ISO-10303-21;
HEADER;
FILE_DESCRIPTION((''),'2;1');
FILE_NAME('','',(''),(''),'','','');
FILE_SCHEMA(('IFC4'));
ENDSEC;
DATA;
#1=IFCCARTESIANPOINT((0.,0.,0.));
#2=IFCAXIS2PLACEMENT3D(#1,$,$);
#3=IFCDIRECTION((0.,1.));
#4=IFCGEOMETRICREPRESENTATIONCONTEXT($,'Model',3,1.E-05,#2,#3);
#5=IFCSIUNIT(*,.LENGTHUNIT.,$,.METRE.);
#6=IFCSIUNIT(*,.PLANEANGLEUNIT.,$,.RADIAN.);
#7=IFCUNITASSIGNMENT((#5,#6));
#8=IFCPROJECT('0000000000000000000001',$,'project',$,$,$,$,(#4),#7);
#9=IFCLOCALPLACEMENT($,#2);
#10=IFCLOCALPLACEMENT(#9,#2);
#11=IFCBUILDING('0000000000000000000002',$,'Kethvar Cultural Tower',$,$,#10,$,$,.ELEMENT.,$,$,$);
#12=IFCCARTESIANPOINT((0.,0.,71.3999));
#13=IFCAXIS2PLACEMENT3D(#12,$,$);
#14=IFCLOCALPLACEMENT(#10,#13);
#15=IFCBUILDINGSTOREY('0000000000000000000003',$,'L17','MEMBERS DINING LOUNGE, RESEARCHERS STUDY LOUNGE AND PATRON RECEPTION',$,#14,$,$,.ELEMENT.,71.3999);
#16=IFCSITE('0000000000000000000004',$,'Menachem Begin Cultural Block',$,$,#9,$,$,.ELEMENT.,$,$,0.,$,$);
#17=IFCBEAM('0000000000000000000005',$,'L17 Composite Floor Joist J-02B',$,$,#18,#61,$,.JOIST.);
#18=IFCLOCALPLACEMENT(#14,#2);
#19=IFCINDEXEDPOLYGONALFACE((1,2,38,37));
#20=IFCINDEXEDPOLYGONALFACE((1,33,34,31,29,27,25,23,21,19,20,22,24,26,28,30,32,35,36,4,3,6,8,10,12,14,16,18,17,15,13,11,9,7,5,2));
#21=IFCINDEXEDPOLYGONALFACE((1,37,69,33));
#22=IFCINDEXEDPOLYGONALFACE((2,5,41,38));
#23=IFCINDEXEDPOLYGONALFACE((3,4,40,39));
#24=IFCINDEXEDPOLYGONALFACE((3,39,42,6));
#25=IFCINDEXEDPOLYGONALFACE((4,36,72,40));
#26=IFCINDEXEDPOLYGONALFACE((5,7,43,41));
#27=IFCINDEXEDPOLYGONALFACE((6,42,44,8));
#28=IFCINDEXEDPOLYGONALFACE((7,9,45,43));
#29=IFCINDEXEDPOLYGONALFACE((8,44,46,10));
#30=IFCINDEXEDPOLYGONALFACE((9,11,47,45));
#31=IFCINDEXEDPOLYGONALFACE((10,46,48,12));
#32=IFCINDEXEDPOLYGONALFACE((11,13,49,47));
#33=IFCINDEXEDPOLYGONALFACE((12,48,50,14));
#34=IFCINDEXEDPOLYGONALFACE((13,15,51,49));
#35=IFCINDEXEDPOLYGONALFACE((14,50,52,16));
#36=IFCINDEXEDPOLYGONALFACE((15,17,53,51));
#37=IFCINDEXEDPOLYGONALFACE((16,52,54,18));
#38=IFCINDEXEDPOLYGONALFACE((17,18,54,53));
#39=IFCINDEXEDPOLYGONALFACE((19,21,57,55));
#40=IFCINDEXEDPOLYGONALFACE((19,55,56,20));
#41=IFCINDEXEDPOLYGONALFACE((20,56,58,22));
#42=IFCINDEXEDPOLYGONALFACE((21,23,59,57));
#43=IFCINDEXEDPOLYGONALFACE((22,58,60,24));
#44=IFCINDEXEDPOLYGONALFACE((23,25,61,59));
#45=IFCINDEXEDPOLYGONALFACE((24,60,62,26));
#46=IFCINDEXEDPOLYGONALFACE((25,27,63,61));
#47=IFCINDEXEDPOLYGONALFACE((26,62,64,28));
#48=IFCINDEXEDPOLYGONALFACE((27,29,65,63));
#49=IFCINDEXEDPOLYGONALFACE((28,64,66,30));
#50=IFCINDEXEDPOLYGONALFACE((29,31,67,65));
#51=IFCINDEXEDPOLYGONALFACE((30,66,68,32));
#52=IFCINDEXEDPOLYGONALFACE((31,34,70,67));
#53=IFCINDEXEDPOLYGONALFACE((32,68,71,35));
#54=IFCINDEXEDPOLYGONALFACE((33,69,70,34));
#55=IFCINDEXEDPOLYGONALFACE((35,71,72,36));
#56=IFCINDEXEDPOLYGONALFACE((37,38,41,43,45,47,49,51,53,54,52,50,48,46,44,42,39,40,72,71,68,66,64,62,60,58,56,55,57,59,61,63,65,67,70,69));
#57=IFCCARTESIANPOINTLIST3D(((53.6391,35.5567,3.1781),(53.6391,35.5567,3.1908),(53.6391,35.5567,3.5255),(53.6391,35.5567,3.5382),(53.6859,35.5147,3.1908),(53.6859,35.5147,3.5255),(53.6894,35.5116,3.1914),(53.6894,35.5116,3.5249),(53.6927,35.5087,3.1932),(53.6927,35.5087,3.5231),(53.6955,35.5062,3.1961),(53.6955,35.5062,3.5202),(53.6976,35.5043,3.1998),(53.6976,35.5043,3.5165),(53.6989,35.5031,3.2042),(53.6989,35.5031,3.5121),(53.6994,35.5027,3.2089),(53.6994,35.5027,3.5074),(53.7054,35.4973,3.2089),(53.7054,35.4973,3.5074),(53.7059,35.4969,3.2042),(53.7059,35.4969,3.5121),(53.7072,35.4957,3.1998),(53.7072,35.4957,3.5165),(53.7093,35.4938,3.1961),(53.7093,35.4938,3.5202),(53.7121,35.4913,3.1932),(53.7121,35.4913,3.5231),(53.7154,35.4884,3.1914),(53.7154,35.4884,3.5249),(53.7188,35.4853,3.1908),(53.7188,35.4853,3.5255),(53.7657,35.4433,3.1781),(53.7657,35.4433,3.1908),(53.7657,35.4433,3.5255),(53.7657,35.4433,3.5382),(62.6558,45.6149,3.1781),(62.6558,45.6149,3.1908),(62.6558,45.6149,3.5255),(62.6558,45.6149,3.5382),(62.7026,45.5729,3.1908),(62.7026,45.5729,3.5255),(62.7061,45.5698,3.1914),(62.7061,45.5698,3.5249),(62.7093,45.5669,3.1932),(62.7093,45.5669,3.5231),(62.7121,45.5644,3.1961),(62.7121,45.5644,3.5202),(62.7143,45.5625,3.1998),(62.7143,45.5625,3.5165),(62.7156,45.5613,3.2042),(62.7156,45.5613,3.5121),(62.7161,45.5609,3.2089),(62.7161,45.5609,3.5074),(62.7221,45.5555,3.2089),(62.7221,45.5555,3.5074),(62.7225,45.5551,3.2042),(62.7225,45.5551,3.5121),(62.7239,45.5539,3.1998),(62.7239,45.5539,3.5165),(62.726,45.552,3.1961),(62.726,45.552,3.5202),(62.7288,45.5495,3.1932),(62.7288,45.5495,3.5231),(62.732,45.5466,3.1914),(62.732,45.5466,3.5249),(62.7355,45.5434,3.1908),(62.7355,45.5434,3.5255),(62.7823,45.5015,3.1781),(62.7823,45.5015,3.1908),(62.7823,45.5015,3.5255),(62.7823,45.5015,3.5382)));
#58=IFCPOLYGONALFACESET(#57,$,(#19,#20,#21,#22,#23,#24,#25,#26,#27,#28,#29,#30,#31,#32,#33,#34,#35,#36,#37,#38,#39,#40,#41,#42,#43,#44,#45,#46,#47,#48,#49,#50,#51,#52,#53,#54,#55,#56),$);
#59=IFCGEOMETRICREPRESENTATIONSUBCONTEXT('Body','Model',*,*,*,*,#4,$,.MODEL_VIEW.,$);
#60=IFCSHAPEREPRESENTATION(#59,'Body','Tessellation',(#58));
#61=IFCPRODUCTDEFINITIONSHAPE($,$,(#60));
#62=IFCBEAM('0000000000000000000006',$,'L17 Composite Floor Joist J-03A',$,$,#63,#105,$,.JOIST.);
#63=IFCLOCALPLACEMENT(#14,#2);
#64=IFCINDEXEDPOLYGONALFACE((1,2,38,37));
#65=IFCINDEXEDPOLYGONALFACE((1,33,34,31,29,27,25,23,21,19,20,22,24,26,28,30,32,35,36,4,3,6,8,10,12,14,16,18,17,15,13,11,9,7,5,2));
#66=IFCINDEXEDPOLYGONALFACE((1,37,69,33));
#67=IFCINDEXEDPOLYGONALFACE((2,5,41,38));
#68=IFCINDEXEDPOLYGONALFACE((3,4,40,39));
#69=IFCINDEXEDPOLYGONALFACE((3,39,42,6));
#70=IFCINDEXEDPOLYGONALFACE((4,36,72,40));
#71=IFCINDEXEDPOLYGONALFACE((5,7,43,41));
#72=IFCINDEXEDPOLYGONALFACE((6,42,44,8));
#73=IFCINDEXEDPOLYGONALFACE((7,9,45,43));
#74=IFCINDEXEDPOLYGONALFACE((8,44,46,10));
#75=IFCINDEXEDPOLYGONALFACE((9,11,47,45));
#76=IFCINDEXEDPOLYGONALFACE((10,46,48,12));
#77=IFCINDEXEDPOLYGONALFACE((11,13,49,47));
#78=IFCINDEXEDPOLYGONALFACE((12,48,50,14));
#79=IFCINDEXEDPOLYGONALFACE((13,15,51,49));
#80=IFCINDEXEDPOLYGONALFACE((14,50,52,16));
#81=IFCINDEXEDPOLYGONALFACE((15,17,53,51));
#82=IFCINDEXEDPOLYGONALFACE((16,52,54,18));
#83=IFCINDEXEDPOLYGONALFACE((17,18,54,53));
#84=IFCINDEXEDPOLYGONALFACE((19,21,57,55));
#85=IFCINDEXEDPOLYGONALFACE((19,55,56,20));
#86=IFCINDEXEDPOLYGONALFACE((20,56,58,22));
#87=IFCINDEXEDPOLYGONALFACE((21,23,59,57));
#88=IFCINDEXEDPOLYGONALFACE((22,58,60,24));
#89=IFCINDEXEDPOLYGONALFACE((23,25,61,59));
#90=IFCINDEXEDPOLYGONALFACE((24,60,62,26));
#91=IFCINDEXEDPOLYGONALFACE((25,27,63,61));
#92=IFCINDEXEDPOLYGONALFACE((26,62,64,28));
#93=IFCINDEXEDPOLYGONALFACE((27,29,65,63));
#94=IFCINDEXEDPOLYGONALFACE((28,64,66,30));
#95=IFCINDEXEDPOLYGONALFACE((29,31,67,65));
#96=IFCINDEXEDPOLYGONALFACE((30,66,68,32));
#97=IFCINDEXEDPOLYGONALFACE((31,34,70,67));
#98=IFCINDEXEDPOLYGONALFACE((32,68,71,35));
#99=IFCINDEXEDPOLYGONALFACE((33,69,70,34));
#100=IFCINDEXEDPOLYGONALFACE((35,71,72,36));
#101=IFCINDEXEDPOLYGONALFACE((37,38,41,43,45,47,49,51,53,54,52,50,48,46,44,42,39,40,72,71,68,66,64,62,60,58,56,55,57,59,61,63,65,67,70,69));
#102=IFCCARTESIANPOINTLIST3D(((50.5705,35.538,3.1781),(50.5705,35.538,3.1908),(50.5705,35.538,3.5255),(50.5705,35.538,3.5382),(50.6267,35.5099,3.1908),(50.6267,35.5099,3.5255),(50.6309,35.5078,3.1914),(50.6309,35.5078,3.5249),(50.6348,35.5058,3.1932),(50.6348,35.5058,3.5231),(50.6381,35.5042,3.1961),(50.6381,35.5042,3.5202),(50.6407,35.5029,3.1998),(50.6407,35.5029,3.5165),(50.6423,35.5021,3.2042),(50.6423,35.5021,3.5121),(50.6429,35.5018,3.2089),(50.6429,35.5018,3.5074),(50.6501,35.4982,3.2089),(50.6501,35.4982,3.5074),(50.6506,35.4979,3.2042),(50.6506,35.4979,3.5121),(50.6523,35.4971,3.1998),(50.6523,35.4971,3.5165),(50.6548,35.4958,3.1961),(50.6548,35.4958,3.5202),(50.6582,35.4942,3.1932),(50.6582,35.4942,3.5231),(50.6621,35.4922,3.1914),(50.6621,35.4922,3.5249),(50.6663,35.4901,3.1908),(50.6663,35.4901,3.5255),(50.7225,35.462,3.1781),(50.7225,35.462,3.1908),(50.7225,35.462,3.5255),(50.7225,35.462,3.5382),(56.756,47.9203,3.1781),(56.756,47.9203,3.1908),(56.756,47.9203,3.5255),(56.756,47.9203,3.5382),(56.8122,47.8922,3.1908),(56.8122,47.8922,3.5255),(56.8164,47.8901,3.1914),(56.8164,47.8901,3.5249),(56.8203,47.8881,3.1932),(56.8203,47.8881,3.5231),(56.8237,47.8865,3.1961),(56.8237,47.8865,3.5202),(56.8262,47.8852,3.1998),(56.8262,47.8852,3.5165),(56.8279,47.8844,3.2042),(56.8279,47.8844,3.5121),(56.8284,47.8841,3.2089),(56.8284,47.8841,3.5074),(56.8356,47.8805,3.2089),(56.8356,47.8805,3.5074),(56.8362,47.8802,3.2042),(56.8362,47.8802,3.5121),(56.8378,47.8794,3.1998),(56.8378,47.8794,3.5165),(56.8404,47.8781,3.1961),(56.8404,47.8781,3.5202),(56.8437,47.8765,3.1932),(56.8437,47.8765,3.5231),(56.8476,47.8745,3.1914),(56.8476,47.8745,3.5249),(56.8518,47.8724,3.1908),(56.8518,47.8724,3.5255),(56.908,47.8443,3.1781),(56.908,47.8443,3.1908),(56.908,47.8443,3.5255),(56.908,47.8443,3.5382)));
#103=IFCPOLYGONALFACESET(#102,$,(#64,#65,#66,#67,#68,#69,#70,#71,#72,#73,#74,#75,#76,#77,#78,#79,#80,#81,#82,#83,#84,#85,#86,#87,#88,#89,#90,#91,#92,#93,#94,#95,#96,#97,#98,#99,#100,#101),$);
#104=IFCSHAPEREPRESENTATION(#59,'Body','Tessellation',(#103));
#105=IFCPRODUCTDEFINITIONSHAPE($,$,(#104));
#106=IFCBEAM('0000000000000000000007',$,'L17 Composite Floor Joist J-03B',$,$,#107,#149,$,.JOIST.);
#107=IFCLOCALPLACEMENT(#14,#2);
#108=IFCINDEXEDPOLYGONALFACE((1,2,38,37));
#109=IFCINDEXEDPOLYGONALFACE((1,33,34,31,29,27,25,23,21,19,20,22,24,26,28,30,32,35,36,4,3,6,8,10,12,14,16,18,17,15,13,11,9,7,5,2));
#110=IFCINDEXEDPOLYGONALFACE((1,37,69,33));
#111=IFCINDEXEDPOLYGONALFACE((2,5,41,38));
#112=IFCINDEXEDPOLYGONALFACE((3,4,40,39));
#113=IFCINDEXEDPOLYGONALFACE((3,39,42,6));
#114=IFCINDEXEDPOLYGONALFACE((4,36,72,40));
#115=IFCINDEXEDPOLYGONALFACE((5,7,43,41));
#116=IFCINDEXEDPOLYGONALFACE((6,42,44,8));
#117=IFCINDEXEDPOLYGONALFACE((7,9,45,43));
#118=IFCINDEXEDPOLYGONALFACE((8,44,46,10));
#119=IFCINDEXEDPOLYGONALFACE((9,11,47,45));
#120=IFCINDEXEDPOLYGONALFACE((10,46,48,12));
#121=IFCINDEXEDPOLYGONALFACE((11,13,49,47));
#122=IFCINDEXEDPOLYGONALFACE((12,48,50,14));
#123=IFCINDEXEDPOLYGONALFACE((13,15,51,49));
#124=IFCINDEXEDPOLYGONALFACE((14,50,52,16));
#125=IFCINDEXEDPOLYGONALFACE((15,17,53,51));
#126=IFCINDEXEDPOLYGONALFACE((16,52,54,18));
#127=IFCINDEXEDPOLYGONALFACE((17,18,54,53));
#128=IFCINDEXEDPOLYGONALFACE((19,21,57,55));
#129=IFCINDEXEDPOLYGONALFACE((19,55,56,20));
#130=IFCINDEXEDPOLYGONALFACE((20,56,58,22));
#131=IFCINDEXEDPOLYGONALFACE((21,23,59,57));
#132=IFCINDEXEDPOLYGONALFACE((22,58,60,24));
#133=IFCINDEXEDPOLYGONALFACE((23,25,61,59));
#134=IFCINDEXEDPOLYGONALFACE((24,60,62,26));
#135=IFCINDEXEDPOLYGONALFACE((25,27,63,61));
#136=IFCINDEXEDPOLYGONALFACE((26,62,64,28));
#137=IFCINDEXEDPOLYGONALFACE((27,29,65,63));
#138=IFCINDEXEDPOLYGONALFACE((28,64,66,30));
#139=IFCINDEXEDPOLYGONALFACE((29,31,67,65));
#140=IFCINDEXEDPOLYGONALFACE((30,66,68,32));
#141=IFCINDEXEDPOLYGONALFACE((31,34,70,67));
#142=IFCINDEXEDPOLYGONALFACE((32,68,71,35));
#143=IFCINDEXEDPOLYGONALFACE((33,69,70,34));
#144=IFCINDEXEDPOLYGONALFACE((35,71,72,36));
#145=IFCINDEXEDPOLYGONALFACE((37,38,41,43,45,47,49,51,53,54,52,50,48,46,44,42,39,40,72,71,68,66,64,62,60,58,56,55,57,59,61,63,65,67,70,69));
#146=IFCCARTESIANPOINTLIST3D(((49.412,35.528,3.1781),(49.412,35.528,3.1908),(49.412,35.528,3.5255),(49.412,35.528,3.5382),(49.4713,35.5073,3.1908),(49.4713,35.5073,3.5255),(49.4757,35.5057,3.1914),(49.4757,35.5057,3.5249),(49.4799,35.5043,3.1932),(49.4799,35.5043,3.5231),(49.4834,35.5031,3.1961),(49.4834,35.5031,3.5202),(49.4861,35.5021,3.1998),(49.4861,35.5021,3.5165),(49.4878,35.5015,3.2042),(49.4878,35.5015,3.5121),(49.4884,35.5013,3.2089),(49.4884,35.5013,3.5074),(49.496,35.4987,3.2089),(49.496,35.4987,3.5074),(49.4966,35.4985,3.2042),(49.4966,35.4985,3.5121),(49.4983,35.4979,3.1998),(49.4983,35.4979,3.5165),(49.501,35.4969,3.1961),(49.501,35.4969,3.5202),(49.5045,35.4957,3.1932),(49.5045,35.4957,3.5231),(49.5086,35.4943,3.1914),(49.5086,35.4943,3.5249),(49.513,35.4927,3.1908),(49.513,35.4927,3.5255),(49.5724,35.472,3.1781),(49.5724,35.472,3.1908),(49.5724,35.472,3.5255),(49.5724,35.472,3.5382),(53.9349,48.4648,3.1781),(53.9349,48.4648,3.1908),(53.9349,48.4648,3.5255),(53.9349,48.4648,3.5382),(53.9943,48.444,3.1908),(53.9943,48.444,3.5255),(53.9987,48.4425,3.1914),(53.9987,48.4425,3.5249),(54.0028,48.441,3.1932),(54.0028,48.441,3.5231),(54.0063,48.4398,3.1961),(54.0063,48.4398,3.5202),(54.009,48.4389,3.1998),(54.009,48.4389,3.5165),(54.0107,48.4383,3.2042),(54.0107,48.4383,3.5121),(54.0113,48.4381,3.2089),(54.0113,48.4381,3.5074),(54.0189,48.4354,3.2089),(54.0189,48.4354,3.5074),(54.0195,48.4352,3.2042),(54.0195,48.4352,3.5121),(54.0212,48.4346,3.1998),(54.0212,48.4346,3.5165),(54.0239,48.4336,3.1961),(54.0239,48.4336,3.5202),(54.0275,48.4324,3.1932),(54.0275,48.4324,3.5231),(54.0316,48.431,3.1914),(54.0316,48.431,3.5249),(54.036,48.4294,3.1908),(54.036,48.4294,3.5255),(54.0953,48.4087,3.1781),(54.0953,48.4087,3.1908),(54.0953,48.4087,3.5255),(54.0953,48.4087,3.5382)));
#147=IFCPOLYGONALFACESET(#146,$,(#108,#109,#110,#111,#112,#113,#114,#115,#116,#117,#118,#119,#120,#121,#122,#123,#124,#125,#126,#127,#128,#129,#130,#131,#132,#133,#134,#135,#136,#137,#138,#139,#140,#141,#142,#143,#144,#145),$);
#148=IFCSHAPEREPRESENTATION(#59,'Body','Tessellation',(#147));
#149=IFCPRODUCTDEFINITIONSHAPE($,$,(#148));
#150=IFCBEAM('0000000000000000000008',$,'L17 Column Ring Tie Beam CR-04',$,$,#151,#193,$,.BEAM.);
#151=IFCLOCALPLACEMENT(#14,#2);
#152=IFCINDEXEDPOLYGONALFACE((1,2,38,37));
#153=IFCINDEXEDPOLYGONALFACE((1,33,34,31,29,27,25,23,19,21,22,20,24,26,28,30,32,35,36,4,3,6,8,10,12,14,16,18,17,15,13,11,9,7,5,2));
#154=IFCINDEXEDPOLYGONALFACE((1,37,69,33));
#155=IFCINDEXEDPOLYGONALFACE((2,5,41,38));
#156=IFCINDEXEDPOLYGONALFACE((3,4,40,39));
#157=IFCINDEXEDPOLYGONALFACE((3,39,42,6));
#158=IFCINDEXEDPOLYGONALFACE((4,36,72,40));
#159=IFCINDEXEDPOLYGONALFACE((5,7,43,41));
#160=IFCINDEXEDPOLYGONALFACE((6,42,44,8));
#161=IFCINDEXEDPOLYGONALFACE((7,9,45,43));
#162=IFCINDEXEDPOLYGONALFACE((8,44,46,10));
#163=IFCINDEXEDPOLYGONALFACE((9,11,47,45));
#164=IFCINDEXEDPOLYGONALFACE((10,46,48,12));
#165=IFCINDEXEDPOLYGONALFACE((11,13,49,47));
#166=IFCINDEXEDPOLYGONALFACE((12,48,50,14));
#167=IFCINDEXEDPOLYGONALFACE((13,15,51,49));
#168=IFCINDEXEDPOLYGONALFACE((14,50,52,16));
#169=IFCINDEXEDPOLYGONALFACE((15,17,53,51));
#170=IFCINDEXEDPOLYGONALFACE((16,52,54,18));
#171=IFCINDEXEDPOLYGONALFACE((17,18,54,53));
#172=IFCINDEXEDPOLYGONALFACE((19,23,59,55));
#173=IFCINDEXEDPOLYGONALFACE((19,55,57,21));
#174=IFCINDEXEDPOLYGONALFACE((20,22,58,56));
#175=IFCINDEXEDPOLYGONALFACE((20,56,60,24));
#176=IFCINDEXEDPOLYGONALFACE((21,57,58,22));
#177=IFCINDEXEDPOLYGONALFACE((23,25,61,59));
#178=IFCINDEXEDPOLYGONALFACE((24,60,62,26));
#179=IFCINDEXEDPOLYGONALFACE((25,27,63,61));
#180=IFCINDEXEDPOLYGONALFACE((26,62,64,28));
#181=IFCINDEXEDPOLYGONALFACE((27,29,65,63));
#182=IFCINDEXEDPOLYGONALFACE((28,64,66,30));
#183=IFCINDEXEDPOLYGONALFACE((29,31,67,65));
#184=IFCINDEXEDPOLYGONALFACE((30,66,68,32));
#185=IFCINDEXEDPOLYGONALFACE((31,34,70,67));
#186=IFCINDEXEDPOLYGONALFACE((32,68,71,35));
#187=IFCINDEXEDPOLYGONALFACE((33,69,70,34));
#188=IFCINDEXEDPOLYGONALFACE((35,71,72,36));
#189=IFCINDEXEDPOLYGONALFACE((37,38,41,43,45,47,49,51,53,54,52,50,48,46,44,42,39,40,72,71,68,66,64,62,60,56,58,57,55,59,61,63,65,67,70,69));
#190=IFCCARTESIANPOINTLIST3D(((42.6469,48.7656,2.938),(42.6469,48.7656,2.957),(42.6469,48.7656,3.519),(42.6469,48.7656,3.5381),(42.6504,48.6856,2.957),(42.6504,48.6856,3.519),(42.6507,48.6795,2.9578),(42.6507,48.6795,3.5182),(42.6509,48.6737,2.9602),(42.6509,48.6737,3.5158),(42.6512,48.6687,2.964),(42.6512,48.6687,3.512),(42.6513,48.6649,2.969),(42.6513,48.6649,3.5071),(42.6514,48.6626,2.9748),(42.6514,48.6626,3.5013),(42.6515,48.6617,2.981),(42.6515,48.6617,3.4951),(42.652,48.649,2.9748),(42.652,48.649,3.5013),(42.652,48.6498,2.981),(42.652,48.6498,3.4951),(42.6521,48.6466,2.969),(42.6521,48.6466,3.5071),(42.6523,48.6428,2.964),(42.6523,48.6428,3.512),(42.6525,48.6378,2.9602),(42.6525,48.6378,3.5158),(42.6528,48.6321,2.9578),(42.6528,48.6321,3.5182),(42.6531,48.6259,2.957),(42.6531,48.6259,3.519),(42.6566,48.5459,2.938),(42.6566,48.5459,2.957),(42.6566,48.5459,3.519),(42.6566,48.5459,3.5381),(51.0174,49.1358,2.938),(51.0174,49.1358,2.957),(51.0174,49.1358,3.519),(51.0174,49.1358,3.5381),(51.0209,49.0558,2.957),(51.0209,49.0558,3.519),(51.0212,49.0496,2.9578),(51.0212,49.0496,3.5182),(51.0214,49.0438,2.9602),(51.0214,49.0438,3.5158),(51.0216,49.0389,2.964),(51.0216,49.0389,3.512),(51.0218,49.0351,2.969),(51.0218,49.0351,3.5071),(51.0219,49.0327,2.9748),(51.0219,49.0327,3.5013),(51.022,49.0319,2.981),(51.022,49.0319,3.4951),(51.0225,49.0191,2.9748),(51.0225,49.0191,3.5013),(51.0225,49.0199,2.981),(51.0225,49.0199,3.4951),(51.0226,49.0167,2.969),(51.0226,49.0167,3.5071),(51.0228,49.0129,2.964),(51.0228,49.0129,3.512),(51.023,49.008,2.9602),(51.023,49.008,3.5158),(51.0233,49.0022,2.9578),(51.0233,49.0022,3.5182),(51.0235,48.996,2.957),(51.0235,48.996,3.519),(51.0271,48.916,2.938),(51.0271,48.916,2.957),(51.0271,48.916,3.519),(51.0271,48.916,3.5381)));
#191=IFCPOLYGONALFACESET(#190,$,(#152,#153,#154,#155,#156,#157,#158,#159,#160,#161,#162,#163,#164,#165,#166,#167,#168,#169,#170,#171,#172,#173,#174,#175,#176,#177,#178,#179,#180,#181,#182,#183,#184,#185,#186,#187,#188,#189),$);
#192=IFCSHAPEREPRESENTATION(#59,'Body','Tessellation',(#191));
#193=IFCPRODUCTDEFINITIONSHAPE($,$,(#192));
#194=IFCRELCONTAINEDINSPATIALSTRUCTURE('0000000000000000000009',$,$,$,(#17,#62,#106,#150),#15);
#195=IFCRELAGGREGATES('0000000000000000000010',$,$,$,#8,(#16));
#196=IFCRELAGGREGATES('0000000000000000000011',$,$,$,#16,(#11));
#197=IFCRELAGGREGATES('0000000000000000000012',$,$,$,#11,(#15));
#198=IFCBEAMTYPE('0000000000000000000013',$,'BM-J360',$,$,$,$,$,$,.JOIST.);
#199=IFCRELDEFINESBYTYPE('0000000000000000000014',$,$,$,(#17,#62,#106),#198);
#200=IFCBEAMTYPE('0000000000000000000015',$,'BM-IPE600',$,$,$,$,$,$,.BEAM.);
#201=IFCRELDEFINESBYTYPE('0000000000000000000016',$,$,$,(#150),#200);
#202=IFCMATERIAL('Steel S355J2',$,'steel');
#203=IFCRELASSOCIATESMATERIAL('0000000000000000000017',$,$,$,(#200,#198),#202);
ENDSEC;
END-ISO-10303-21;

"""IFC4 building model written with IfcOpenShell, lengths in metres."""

from ifc_helpers import new_model, si_unit, direction, frame, origin, origin_2d, place, context, subcontext, project, spatial, i_section, extrude, source, transform, mapped, material, material_profile, profile_set, type_object, element, save


model = new_model("IFC4")

# Units and contexts
model_context = context("Model", 3, precision=1e-05, world=origin(), true_north=direction((0.0, 1.0)))
body_context = subcontext(model_context, "Body", "Model", "MODEL_VIEW")
ifc_project = project(units=[si_unit("LENGTHUNIT", "METRE"), si_unit("PLANEANGLEUNIT", "RADIAN")], contexts=[model_context])

# Site, building, storey
site_placement = place(None, origin())
site = spatial("IfcSite", under=ifc_project, at=site_placement, Name="Menachem Begin Cultural Block", CompositionType="ELEMENT", RefElevation=0.0)
building_placement = place(site_placement, origin())
building = spatial("IfcBuilding", under=site, at=building_placement, Name="Kethvar Cultural Tower", CompositionType="ELEMENT")
storey_placement = place(building_placement, frame((0.0, 0.0, 71.3999)))
storey = spatial("IfcBuildingStorey", under=building, at=storey_placement, Name="L17", Description="MEMBERS DINING LOUNGE, RESEARCHERS STUDY LOUNGE AND PATRON RECEPTION", CompositionType="ELEMENT", Elevation=71.3999)

# Beams
ifc_material_1 = material(Name="Steel S355J2", Category="steel")
ifc_material_profile_1 = material_profile(ifc_material_1, i_section(OverallWidth=0.22, OverallDepth=0.6001, WebThickness=0.012, FlangeThickness=0.019, FilletRadius=0.0239, at=origin_2d()), Name="Steel S355J2 — IPE600")
ifc_profile_set_1 = profile_set([ifc_material_profile_1], Name="Steel S355J2 — IPE600")
beam_type_1 = type_object("IfcBeamType", Name="BM-IPE600", PredefinedType="BEAM", material=ifc_profile_set_1)
ifc_material_profile_2 = material_profile(ifc_material_1, i_section(OverallWidth=0.1699, OverallDepth=0.3601, WebThickness=0.0081, FlangeThickness=0.0127, FilletRadius=0.0181, at=origin_2d()), Name="Steel S355J2 — IPE360")
ifc_profile_set_2 = profile_set([ifc_material_profile_2], Name="Steel S355J2 — IPE360")
beam_type_2 = type_object("IfcBeamType", Name="BM-J360", PredefinedType="JOIST", material=ifc_profile_set_2)
shared_shape_1 = source(origin(), body_context, "Body", "SweptSolid", [
    extrude(i_section(OverallWidth=0.1699, OverallDepth=0.3601, WebThickness=0.0081, FlangeThickness=0.0127, FilletRadius=0.0181, at=origin_2d()), origin(), (0.0, 0.0, 1.0), 13.5081),
])
beam_1_placement = place(storey_placement, frame((53.7024, 35.5, 3.3582), z_axis=(0.667504, 0.744607, 0.0), x_axis=(-0.744607, 0.667504, 0.0)))
element("IfcBeam", 1, at=beam_1_placement, inside=storey, type_object=beam_type_2, Name="L17 Composite Floor Joist J-02B", PredefinedType="JOIST", context=body_context, shape_type="MappedRepresentation", body=[
    mapped(shared_shape_1, transform((0.0, 0.0, 0.0), scale=1.0)),
])
shared_shape_2 = source(origin(), body_context, "Body", "SweptSolid", [
    extrude(i_section(OverallWidth=0.1699, OverallDepth=0.3601, WebThickness=0.0081, FlangeThickness=0.0127, FilletRadius=0.0181, at=origin_2d()), origin(), (0.0, 0.0, 1.0), 13.8413),
])
beam_2_placement = place(storey_placement, frame((50.6465, 35.5, 3.3582), z_axis=(0.446889, 0.894589, 0.0), x_axis=(-0.894589, 0.446889, 0.0)))
element("IfcBeam", 2, at=beam_2_placement, inside=storey, type_object=beam_type_2, Name="L17 Composite Floor Joist J-03A", PredefinedType="JOIST", context=body_context, shape_type="MappedRepresentation", body=[
    mapped(shared_shape_2, transform((0.0, 0.0, 0.0), scale=1.0)),
])
shared_shape_3 = source(origin(), body_context, "Body", "SweptSolid", [
    extrude(i_section(OverallWidth=0.1699, OverallDepth=0.3601, WebThickness=0.0081, FlangeThickness=0.0127, FilletRadius=0.0181, at=origin_2d()), origin(), (0.0, 0.0, 1.0), 13.7046),
])
beam_3_placement = place(storey_placement, frame((49.4922, 35.5, 3.3582), z_axis=(0.330031, 0.94397, 0.0), x_axis=(-0.94397, 0.330031, 0.0)))
element("IfcBeam", 3, at=beam_3_placement, inside=storey, type_object=beam_type_2, Name="L17 Composite Floor Joist J-03B", PredefinedType="JOIST", context=body_context, shape_type="MappedRepresentation", body=[
    mapped(shared_shape_3, transform((0.0, 0.0, 0.0), scale=1.0)),
])
shared_shape_4 = source(origin(), body_context, "Body", "SweptSolid", [
    extrude(i_section(OverallWidth=0.22, OverallDepth=0.6001, WebThickness=0.012, FlangeThickness=0.019, FilletRadius=0.0239, at=origin_2d()), origin(), (0.0, 0.0, 1.0), 8.3787),
])
beam_4_placement = place(storey_placement, frame((51.0222, 49.0259, 3.238), z_axis=(-0.999024, -0.044173, 0.0), x_axis=(0.044173, -0.999024, 0.0)))
element("IfcBeam", 4, at=beam_4_placement, inside=storey, type_object=beam_type_1, Name="L17 Column Ring Tie Beam CR-04", PredefinedType="BEAM", context=body_context, shape_type="MappedRepresentation", body=[
    mapped(shared_shape_4, transform((0.0, 0.0, 0.0), scale=1.0)),
])

save(model, "model.ifc")
